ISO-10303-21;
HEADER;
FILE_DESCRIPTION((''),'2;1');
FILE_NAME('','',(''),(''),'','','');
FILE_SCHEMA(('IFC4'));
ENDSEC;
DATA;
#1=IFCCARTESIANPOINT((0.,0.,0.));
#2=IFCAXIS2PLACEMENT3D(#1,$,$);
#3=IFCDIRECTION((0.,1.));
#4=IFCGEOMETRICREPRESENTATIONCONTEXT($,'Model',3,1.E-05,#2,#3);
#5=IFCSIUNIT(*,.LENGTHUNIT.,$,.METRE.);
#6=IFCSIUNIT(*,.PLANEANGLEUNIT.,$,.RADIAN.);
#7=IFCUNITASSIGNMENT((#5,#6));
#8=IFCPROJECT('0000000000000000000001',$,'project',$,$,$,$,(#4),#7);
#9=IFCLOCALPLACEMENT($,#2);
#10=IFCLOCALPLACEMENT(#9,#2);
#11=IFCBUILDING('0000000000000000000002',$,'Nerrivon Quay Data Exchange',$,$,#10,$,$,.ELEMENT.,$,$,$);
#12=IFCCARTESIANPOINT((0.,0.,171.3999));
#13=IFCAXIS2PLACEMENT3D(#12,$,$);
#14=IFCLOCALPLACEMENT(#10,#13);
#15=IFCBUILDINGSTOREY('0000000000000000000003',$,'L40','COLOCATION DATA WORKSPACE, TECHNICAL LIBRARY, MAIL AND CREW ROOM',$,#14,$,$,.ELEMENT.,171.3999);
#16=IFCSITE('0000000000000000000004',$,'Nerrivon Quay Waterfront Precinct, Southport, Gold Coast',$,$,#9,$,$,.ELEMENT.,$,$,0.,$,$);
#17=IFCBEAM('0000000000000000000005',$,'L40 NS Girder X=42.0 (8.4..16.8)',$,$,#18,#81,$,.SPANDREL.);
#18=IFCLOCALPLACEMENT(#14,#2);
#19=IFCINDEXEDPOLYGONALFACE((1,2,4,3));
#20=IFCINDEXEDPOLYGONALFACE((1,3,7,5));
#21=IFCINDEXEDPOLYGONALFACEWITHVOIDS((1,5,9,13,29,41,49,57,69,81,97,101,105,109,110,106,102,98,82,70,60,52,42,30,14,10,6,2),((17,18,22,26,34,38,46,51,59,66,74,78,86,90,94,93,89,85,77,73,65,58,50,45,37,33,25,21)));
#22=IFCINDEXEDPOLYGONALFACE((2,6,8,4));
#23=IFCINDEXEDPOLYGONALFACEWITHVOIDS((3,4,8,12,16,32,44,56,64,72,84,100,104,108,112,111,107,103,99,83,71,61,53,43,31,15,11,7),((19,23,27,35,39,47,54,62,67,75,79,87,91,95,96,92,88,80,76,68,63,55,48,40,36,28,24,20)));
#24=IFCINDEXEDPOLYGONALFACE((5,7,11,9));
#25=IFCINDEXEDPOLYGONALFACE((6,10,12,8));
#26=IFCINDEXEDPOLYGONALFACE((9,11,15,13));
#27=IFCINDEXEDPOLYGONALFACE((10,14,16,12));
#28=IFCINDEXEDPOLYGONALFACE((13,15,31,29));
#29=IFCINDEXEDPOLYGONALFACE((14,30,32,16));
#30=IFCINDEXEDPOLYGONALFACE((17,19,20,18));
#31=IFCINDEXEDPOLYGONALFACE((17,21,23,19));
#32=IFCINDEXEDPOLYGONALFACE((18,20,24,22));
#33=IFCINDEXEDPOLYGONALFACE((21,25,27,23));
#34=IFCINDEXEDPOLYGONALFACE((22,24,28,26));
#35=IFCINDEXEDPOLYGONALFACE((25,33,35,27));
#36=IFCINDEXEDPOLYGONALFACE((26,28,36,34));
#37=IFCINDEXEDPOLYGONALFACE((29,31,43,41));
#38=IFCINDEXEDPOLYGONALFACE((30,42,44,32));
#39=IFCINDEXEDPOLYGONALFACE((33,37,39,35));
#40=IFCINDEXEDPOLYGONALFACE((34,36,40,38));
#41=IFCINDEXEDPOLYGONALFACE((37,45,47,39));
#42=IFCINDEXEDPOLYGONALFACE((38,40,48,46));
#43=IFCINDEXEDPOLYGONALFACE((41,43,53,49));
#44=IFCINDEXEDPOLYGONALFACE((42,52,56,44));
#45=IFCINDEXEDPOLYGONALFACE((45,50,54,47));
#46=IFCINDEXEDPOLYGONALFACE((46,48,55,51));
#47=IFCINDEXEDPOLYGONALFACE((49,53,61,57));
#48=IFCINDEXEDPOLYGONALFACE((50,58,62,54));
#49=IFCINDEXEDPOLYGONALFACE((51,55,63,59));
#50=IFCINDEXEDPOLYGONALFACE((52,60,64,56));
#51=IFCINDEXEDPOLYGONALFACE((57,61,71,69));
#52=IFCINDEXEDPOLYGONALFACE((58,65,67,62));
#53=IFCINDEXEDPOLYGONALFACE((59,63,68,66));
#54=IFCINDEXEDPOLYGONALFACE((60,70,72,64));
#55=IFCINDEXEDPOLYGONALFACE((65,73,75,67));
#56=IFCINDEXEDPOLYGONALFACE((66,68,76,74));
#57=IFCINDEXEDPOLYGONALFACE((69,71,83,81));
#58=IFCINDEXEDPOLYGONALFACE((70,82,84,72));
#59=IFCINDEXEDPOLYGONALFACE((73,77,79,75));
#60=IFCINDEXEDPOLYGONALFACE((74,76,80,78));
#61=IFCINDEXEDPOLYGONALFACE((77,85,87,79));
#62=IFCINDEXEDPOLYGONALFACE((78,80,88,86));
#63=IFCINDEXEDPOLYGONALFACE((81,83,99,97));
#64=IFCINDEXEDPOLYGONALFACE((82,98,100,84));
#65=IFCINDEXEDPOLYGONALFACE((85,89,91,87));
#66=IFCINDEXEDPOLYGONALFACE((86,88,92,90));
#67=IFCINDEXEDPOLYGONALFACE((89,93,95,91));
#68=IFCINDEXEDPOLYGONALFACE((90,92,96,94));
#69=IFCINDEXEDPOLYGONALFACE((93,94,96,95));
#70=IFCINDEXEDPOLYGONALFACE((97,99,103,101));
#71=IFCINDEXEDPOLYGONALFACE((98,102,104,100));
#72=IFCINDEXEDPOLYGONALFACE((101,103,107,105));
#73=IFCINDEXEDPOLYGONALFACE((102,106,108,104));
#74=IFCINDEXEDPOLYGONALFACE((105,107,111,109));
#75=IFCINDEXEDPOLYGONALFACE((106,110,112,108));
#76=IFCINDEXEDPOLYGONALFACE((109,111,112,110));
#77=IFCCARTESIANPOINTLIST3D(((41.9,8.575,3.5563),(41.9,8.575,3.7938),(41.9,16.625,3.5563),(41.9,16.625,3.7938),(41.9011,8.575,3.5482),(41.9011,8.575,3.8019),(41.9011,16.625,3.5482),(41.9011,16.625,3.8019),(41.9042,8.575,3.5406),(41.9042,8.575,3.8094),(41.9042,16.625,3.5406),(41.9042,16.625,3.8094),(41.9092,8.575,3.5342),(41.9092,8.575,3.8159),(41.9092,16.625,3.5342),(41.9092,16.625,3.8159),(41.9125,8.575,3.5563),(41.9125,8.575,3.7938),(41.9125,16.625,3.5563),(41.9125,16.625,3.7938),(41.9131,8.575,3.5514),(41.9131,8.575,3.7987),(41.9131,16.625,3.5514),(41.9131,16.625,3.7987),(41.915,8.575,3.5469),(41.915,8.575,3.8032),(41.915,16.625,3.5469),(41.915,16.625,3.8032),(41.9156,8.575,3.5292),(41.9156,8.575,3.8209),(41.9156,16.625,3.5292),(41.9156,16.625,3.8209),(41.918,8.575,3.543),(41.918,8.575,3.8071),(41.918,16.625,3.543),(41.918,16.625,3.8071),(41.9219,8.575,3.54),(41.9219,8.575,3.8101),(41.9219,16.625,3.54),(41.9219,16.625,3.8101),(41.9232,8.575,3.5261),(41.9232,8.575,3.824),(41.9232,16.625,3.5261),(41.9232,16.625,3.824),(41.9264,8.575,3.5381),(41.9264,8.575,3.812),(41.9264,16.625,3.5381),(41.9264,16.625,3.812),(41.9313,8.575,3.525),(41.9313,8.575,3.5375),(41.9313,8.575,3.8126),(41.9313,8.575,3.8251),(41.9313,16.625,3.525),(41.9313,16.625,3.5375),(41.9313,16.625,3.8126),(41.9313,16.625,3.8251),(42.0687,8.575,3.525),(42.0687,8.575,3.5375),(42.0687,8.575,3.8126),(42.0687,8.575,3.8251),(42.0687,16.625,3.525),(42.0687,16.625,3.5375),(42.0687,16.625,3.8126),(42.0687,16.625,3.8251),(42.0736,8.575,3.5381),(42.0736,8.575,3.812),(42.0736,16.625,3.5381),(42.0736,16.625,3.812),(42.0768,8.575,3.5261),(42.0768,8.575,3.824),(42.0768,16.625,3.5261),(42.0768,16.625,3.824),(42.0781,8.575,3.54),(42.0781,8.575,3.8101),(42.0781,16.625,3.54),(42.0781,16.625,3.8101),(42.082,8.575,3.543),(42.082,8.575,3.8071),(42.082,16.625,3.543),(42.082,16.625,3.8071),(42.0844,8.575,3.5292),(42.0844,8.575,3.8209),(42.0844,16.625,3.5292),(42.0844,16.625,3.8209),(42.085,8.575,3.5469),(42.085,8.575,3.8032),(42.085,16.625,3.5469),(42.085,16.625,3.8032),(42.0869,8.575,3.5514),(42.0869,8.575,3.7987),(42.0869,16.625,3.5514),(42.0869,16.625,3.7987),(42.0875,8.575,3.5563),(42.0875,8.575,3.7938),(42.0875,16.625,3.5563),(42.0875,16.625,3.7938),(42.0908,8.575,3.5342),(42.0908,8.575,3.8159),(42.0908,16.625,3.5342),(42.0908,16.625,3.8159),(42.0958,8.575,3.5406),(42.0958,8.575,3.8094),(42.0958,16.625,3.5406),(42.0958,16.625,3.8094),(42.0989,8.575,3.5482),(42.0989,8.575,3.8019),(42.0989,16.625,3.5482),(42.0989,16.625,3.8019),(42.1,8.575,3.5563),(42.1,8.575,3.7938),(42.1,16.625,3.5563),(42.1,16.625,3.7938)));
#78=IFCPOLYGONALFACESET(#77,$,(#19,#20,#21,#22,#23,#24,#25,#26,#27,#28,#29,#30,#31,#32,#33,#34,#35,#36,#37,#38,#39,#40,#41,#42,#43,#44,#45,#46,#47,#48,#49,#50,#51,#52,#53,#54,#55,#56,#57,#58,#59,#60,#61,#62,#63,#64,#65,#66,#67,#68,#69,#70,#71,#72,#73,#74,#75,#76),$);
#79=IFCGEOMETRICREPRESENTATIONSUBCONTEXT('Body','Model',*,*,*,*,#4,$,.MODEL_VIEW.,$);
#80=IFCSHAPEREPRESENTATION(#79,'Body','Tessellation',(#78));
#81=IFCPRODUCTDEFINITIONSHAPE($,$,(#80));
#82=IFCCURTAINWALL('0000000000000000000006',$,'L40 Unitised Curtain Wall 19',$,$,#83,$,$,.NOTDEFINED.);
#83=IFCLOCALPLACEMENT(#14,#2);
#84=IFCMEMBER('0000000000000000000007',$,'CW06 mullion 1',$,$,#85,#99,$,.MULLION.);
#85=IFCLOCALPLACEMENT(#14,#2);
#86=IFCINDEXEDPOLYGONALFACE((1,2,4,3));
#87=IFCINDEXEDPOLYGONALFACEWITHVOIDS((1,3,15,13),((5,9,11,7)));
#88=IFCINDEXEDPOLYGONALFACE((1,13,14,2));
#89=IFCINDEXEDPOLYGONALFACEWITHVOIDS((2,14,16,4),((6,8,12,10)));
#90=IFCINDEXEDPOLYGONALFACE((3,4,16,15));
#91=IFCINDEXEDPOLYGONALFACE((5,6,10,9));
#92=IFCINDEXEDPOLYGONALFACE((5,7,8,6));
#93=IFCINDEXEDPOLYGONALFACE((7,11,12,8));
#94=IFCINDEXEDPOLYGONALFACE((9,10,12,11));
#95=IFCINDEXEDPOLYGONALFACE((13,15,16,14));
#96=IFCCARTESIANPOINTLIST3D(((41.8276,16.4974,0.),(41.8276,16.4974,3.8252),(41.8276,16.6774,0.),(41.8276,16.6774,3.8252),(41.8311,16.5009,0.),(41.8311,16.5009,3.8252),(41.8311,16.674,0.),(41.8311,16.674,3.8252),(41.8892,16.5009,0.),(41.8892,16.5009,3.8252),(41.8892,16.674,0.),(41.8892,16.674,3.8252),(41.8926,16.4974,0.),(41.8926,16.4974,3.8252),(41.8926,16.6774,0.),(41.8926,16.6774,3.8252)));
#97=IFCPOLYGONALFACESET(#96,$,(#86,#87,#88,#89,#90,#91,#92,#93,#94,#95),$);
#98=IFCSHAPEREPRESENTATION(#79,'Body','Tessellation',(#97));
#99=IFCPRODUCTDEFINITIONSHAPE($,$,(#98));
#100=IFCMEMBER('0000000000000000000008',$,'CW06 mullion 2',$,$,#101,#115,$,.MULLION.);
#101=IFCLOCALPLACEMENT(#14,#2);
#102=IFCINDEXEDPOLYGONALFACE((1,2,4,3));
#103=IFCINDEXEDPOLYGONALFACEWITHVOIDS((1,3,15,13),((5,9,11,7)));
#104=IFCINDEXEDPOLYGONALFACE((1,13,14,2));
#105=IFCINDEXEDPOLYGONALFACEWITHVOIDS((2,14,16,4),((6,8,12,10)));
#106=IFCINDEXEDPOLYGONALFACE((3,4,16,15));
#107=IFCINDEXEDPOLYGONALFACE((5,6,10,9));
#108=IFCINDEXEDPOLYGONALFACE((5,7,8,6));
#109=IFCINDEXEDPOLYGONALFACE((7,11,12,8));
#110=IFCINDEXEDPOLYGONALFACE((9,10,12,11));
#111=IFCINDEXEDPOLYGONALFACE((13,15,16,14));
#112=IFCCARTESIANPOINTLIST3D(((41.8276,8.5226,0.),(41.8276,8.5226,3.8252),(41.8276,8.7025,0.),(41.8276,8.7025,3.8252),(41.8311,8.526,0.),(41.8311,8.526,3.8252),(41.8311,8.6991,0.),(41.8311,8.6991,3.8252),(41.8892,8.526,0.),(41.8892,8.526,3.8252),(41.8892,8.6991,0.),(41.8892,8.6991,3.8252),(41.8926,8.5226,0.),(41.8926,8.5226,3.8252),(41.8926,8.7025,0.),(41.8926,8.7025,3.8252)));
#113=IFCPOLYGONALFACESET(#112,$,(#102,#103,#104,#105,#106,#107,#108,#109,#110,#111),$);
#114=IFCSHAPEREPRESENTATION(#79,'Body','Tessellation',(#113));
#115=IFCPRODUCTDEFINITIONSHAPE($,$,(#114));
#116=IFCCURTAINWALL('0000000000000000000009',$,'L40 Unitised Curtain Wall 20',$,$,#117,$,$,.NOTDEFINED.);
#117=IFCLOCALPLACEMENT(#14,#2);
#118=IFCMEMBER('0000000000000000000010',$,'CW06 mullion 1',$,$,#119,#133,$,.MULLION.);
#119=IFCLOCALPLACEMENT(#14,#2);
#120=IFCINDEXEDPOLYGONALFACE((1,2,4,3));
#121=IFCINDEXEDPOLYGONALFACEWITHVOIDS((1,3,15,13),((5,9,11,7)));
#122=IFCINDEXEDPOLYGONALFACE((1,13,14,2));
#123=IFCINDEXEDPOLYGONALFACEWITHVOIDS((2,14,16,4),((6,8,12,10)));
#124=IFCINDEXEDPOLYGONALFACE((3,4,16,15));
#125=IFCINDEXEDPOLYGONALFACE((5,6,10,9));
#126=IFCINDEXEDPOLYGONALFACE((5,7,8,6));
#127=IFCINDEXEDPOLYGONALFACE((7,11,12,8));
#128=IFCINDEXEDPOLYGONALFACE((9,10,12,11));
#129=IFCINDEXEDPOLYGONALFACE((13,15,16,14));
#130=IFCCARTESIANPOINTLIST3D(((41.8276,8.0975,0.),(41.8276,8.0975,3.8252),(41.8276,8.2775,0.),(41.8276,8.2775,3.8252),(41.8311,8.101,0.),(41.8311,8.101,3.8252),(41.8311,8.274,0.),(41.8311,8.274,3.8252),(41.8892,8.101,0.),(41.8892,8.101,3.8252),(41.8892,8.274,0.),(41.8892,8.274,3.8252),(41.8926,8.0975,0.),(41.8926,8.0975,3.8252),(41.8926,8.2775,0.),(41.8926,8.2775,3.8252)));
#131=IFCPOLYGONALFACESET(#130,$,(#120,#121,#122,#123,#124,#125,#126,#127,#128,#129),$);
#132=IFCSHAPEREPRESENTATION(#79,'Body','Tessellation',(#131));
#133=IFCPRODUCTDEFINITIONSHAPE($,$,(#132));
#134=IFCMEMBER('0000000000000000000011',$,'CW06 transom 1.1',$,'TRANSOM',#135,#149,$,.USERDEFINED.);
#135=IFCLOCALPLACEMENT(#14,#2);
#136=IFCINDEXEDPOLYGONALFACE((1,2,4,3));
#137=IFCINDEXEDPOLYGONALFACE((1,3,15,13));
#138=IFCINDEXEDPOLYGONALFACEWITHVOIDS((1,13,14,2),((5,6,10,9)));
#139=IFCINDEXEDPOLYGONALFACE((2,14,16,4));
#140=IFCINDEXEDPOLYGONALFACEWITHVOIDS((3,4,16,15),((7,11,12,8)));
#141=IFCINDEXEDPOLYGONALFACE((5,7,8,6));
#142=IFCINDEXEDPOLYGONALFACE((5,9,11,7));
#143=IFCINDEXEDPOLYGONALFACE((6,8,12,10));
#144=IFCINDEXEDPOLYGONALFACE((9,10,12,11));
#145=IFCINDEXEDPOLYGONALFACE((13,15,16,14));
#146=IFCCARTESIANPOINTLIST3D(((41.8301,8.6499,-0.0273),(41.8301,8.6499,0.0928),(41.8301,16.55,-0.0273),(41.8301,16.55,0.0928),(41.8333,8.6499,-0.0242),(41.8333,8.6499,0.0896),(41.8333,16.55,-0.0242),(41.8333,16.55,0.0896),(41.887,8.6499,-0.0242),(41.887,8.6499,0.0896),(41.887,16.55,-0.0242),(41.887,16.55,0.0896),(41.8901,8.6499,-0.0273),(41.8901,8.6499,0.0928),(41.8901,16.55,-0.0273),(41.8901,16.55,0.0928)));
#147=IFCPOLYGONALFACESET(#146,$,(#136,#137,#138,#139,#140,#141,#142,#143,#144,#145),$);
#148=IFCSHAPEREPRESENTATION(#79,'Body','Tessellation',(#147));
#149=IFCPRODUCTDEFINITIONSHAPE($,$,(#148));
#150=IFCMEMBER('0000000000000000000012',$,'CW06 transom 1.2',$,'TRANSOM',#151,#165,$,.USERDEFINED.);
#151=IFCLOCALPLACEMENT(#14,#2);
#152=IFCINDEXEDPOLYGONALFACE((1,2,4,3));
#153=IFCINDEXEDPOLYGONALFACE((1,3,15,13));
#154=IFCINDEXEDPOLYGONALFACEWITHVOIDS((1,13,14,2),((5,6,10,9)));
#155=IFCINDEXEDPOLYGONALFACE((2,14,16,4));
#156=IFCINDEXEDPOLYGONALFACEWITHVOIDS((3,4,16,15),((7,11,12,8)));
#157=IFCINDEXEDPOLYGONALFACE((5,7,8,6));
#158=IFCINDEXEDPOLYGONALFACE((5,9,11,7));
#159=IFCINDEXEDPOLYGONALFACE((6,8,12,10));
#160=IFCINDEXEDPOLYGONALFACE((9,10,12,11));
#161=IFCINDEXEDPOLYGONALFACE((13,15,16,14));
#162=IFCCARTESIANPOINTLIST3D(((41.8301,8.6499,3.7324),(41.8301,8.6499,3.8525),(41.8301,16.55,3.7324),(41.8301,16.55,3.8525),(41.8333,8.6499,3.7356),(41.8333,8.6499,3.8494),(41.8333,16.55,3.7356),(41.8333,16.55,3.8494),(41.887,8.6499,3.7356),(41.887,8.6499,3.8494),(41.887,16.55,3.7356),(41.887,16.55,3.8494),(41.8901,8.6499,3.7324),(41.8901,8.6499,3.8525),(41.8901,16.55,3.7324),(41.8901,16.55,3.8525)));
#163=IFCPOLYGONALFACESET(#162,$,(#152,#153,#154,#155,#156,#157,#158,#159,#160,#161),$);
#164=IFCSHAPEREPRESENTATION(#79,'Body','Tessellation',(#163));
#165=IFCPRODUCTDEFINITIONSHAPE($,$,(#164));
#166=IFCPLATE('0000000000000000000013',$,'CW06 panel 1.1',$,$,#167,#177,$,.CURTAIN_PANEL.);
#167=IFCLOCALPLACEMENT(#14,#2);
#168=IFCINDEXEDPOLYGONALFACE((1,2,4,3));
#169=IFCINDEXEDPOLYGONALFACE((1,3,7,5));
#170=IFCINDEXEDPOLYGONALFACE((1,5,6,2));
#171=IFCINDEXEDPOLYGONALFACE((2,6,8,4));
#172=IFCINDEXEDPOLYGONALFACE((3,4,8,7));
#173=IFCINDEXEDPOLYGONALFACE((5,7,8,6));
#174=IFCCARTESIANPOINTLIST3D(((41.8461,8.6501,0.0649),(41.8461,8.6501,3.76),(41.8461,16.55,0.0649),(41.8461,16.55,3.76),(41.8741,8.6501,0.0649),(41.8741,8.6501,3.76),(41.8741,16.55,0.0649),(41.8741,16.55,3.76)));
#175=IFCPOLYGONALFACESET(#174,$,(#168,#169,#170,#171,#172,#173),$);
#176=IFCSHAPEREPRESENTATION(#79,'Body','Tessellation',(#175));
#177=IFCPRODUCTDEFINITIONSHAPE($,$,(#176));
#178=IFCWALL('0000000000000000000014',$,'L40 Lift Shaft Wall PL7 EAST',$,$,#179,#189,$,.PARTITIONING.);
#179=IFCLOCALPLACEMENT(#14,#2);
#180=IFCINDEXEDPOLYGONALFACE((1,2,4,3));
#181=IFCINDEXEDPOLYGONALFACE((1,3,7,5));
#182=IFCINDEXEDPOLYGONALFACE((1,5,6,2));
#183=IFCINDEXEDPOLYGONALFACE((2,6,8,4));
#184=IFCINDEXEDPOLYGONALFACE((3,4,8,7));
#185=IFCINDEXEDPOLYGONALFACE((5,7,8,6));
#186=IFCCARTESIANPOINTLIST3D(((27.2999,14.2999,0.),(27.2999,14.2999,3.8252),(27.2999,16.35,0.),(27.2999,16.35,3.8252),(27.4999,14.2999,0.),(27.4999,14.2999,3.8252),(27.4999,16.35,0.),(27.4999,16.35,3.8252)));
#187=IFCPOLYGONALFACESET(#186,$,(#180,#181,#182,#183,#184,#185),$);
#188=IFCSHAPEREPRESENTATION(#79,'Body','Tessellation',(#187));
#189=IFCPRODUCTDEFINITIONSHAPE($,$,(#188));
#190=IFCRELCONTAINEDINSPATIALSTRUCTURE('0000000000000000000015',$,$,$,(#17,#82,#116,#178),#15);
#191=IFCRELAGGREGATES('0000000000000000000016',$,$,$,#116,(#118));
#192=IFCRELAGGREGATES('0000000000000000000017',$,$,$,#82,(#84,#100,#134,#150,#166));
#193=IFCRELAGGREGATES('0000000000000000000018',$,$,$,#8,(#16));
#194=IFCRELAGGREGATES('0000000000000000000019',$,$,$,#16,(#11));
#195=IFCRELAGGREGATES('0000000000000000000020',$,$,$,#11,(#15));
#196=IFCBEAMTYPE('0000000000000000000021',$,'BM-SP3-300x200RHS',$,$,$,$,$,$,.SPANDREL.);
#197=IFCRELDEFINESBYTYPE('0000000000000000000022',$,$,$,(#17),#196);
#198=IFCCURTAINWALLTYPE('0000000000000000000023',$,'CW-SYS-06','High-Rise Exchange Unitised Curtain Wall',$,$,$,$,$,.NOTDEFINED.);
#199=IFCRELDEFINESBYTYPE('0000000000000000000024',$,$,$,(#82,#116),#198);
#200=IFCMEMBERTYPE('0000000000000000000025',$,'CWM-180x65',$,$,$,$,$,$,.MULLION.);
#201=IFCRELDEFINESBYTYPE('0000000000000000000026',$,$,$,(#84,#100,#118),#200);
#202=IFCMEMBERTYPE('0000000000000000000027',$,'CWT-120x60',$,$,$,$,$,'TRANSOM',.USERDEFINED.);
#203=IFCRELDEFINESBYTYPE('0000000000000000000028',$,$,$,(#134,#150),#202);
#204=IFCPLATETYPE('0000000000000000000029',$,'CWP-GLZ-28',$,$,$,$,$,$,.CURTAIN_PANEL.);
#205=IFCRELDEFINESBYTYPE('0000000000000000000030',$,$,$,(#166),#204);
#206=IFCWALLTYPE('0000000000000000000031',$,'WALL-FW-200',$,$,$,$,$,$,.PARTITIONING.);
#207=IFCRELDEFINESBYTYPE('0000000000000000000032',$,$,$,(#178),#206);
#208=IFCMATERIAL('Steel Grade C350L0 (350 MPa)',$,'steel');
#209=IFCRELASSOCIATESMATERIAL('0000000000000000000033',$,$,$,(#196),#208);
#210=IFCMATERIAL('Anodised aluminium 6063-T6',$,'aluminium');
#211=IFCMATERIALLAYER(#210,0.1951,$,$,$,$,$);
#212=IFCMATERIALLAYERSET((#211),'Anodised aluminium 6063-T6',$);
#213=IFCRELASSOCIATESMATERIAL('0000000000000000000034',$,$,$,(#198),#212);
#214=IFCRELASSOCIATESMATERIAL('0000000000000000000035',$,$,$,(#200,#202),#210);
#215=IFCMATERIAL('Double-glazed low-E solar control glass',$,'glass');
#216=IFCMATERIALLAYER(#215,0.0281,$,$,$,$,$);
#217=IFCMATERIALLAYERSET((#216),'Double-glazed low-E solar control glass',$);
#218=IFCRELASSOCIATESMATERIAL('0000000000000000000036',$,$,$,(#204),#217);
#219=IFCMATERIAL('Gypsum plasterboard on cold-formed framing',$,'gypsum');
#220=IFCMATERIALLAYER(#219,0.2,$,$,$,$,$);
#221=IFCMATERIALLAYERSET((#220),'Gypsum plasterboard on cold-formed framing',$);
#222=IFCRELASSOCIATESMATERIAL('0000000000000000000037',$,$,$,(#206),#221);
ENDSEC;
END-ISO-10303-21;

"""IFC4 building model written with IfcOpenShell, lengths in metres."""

from ifc_helpers import new_model, si_unit, direction, frame, frame_2d, origin, origin_2d, place, context, subcontext, project, spatial, rectangle, hollow_rectangle, extrude, material, layer, layer_set, material_profile, profile_set, type_object, element, aggregate, save


model = new_model("IFC4")

# Units and contexts
model_context = context("Model", 3, precision=1e-05, world=origin(), true_north=direction((0.0, 1.0)))
body_context = subcontext(model_context, "Body", "Model", "MODEL_VIEW")
ifc_project = project(units=[si_unit("LENGTHUNIT", "METRE"), si_unit("PLANEANGLEUNIT", "RADIAN")], contexts=[model_context])

# Site, building, storey
site_placement = place(None, origin())
site = spatial("IfcSite", under=ifc_project, at=site_placement, Name="Nerrivon Quay Waterfront Precinct, Southport, Gold Coast", CompositionType="ELEMENT", RefElevation=0.0)
building_placement = place(site_placement, origin())
building = spatial("IfcBuilding", under=site, at=building_placement, Name="Nerrivon Quay Data Exchange", CompositionType="ELEMENT")
storey_placement = place(building_placement, frame((0.0, 0.0, 171.3999)))
storey = spatial("IfcBuildingStorey", under=building, at=storey_placement, Name="L40", Description="COLOCATION DATA WORKSPACE, TECHNICAL LIBRARY, MAIL AND CREW ROOM", CompositionType="ELEMENT", Elevation=171.3999)

# Beam
ifc_material_1 = material(Name="Steel Grade C350L0 (350 MPa)", Category="steel")
ifc_material_profile_1 = material_profile(ifc_material_1, hollow_rectangle(XDim=0.2, YDim=0.3, WallThickness=0.0125, InnerFilletRadius=0.0188, OuterFilletRadius=0.0312, at=origin_2d()), Name="300x200x12.5RHS")
ifc_profile_set_1 = profile_set([ifc_material_profile_1], Name="Steel Grade C350L0 (350 MPa)")
beam_type_1 = type_object("IfcBeamType", Name="BM-SP3-300x200RHS", PredefinedType="SPANDREL", material=ifc_profile_set_1)
beam_1_placement = place(storey_placement, frame((42.0, 8.575, 3.675), z_axis=(0.0, 1.0, 0.0), x_axis=(-1.0, 0.0, 0.0)))
element("IfcBeam", 1, at=beam_1_placement, inside=storey, type_object=beam_type_1, Name="L40 NS Girder X=42.0 (8.4..16.8)", PredefinedType="SPANDREL", context=body_context, shape_type="SweptSolid", body=[
    extrude(hollow_rectangle(XDim=0.2, YDim=0.3, WallThickness=0.0125, InnerFilletRadius=0.0188, OuterFilletRadius=0.0312, at=origin_2d()), origin(), (0.0, 0.0, 1.0), 8.05),
])

# Curtain wall, members
ifc_material_2 = material(Name="Anodised aluminium 6063-T6", Category="aluminium")
ifc_layer_1 = layer(ifc_material_2, 0.1951)
ifc_layer_set_1 = layer_set([ifc_layer_1], Name="Anodised aluminium 6063-T6")
curtain_wall_type = type_object("IfcCurtainWallType", Name="CW-SYS-06", Description="High-Rise Exchange Unitised Curtain Wall", PredefinedType="NOTDEFINED", material=ifc_layer_set_1)
curtain_wall_1_placement = place(storey_placement, origin())
curtain_wall_1 = element("IfcCurtainWall", 2, at=curtain_wall_1_placement, inside=storey, type_object=curtain_wall_type, Name="L40 Unitised Curtain Wall 19", PredefinedType="NOTDEFINED")
ifc_material_profile_2 = material_profile(ifc_material_2, hollow_rectangle(XDim=0.0649, YDim=0.1799, WallThickness=0.0034, at=origin_2d()), Name="ALU-MULL-180x65")
ifc_profile_set_2 = profile_set([ifc_material_profile_2], Name="Anodised aluminium 6063-T6")
member_type_1 = type_object("IfcMemberType", Name="CWM-180x65", PredefinedType="MULLION", material=ifc_profile_set_2)
member_1_placement = place(storey_placement, frame((41.8601, 16.5874, 0.0), z_axis=(0.0, 0.0, 1.0), x_axis=(1.0, 0.0, 0.0)))
member_1 = element("IfcMember", 3, at=member_1_placement, type_object=member_type_1, Name="CW06 mullion 1", PredefinedType="MULLION", context=body_context, shape_type="SweptSolid", body=[
    extrude(hollow_rectangle(XDim=0.0649, YDim=0.1799, WallThickness=0.0034, at=origin_2d()), origin(), (0.0, 0.0, 1.0), 3.8252),
])
member_2_placement = place(storey_placement, frame((41.8601, 8.6125, 0.0), z_axis=(0.0, 0.0, 1.0), x_axis=(1.0, 0.0, 0.0)))
member_2 = element("IfcMember", 4, at=member_2_placement, type_object=member_type_1, Name="CW06 mullion 2", PredefinedType="MULLION", context=body_context, shape_type="SweptSolid", body=[
    extrude(hollow_rectangle(XDim=0.0649, YDim=0.1799, WallThickness=0.0034, at=origin_2d()), origin(), (0.0, 0.0, 1.0), 3.8252),
])

# Curtain wall, member
curtain_wall_2_placement = place(storey_placement, origin())
curtain_wall_2 = element("IfcCurtainWall", 5, at=curtain_wall_2_placement, inside=storey, type_object=curtain_wall_type, Name="L40 Unitised Curtain Wall 20", PredefinedType="NOTDEFINED")
member_3_placement = place(storey_placement, frame((41.8601, 8.1875, 0.0), z_axis=(0.0, 0.0, 1.0), x_axis=(1.0, 0.0, 0.0)))
member_3 = element("IfcMember", 6, at=member_3_placement, type_object=member_type_1, Name="CW06 mullion 1", PredefinedType="MULLION", context=body_context, shape_type="SweptSolid", body=[
    extrude(hollow_rectangle(XDim=0.0649, YDim=0.1799, WallThickness=0.0034, at=origin_2d()), origin(), (0.0, 0.0, 1.0), 3.8252),
])
aggregate(curtain_wall_2, [member_3])

# Members
ifc_material_profile_3 = material_profile(ifc_material_2, hollow_rectangle(XDim=0.0601, YDim=0.1201, WallThickness=0.0032, at=origin_2d()), Name="ALU-TRAN-120x60")
ifc_profile_set_3 = profile_set([ifc_material_profile_3], Name="Anodised aluminium 6063-T6")
member_type_2 = type_object("IfcMemberType", Name="CWT-120x60", ElementType="TRANSOM", PredefinedType="USERDEFINED", material=ifc_profile_set_3)
member_4_placement = place(storey_placement, frame((41.8601, 16.55, 0.0327), z_axis=(0.0, -1.0, 0.0), x_axis=(1.0, 0.0, 0.0)))
member_4 = element("IfcMember", 7, at=member_4_placement, type_object=member_type_2, Name="CW06 transom 1.1", ObjectType="TRANSOM", PredefinedType="USERDEFINED", context=body_context, shape_type="SweptSolid", body=[
    extrude(hollow_rectangle(XDim=0.0601, YDim=0.1201, WallThickness=0.0032, at=origin_2d()), origin(), (0.0, 0.0, 1.0), 7.9001),
])
member_5_placement = place(storey_placement, frame((41.8601, 16.55, 3.7925), z_axis=(0.0, -1.0, 0.0), x_axis=(1.0, 0.0, 0.0)))
member_5 = element("IfcMember", 8, at=member_5_placement, type_object=member_type_2, Name="CW06 transom 1.2", ObjectType="TRANSOM", PredefinedType="USERDEFINED", context=body_context, shape_type="SweptSolid", body=[
    extrude(hollow_rectangle(XDim=0.0601, YDim=0.1201, WallThickness=0.0032, at=origin_2d()), origin(), (0.0, 0.0, 1.0), 7.9001),
])

# Plate
ifc_material_3 = material(Name="Double-glazed low-E solar control glass", Category="glass")
ifc_layer_2 = layer(ifc_material_3, 0.0281)
ifc_layer_set_2 = layer_set([ifc_layer_2], Name="Double-glazed low-E solar control glass")
plate_type = type_object("IfcPlateType", Name="CWP-GLZ-28", PredefinedType="CURTAIN_PANEL", material=ifc_layer_set_2)
plate_placement = place(storey_placement, frame((41.8601, 12.6001, 0.0649), z_axis=(0.0, 0.0, 1.0), x_axis=(0.0, -1.0, 0.0)))
plate = element("IfcPlate", 9, at=plate_placement, type_object=plate_type, Name="CW06 panel 1.1", PredefinedType="CURTAIN_PANEL", context=body_context, shape_type="SweptSolid", body=[
    extrude(rectangle(XDim=7.8999, YDim=0.0281, at=origin_2d()), origin(), (0.0, 0.0, 1.0), 3.6951),
])
aggregate(curtain_wall_1, [member_1, member_2, member_4, member_5, plate])

# Wall
ifc_material_4 = material(Name="Gypsum plasterboard on cold-formed framing", Category="gypsum")
ifc_layer_3 = layer(ifc_material_4, 0.2)
ifc_layer_set_3 = layer_set([ifc_layer_3], Name="Gypsum plasterboard on cold-formed framing")
wall_type_1 = type_object("IfcWallType", Name="WALL-FW-200", PredefinedType="PARTITIONING", material=ifc_layer_set_3)
wall_1_placement = place(storey_placement, frame((27.3999, 14.3, 0.0), z_axis=(0.0, 0.0, 1.0), x_axis=(0.0, 1.0, 0.0)))
element("IfcWall", 10, at=wall_1_placement, inside=storey, type_object=wall_type_1, Name="L40 Lift Shaft Wall PL7 EAST", PredefinedType="PARTITIONING", context=body_context, shape_type="SweptSolid", body=[
    extrude(rectangle(XDim=2.05, YDim=0.2, at=frame_2d((1.0249, 0.0))), origin(), (0.0, 0.0, 1.0), 3.8252),
])

save(model, "model.ifc")
